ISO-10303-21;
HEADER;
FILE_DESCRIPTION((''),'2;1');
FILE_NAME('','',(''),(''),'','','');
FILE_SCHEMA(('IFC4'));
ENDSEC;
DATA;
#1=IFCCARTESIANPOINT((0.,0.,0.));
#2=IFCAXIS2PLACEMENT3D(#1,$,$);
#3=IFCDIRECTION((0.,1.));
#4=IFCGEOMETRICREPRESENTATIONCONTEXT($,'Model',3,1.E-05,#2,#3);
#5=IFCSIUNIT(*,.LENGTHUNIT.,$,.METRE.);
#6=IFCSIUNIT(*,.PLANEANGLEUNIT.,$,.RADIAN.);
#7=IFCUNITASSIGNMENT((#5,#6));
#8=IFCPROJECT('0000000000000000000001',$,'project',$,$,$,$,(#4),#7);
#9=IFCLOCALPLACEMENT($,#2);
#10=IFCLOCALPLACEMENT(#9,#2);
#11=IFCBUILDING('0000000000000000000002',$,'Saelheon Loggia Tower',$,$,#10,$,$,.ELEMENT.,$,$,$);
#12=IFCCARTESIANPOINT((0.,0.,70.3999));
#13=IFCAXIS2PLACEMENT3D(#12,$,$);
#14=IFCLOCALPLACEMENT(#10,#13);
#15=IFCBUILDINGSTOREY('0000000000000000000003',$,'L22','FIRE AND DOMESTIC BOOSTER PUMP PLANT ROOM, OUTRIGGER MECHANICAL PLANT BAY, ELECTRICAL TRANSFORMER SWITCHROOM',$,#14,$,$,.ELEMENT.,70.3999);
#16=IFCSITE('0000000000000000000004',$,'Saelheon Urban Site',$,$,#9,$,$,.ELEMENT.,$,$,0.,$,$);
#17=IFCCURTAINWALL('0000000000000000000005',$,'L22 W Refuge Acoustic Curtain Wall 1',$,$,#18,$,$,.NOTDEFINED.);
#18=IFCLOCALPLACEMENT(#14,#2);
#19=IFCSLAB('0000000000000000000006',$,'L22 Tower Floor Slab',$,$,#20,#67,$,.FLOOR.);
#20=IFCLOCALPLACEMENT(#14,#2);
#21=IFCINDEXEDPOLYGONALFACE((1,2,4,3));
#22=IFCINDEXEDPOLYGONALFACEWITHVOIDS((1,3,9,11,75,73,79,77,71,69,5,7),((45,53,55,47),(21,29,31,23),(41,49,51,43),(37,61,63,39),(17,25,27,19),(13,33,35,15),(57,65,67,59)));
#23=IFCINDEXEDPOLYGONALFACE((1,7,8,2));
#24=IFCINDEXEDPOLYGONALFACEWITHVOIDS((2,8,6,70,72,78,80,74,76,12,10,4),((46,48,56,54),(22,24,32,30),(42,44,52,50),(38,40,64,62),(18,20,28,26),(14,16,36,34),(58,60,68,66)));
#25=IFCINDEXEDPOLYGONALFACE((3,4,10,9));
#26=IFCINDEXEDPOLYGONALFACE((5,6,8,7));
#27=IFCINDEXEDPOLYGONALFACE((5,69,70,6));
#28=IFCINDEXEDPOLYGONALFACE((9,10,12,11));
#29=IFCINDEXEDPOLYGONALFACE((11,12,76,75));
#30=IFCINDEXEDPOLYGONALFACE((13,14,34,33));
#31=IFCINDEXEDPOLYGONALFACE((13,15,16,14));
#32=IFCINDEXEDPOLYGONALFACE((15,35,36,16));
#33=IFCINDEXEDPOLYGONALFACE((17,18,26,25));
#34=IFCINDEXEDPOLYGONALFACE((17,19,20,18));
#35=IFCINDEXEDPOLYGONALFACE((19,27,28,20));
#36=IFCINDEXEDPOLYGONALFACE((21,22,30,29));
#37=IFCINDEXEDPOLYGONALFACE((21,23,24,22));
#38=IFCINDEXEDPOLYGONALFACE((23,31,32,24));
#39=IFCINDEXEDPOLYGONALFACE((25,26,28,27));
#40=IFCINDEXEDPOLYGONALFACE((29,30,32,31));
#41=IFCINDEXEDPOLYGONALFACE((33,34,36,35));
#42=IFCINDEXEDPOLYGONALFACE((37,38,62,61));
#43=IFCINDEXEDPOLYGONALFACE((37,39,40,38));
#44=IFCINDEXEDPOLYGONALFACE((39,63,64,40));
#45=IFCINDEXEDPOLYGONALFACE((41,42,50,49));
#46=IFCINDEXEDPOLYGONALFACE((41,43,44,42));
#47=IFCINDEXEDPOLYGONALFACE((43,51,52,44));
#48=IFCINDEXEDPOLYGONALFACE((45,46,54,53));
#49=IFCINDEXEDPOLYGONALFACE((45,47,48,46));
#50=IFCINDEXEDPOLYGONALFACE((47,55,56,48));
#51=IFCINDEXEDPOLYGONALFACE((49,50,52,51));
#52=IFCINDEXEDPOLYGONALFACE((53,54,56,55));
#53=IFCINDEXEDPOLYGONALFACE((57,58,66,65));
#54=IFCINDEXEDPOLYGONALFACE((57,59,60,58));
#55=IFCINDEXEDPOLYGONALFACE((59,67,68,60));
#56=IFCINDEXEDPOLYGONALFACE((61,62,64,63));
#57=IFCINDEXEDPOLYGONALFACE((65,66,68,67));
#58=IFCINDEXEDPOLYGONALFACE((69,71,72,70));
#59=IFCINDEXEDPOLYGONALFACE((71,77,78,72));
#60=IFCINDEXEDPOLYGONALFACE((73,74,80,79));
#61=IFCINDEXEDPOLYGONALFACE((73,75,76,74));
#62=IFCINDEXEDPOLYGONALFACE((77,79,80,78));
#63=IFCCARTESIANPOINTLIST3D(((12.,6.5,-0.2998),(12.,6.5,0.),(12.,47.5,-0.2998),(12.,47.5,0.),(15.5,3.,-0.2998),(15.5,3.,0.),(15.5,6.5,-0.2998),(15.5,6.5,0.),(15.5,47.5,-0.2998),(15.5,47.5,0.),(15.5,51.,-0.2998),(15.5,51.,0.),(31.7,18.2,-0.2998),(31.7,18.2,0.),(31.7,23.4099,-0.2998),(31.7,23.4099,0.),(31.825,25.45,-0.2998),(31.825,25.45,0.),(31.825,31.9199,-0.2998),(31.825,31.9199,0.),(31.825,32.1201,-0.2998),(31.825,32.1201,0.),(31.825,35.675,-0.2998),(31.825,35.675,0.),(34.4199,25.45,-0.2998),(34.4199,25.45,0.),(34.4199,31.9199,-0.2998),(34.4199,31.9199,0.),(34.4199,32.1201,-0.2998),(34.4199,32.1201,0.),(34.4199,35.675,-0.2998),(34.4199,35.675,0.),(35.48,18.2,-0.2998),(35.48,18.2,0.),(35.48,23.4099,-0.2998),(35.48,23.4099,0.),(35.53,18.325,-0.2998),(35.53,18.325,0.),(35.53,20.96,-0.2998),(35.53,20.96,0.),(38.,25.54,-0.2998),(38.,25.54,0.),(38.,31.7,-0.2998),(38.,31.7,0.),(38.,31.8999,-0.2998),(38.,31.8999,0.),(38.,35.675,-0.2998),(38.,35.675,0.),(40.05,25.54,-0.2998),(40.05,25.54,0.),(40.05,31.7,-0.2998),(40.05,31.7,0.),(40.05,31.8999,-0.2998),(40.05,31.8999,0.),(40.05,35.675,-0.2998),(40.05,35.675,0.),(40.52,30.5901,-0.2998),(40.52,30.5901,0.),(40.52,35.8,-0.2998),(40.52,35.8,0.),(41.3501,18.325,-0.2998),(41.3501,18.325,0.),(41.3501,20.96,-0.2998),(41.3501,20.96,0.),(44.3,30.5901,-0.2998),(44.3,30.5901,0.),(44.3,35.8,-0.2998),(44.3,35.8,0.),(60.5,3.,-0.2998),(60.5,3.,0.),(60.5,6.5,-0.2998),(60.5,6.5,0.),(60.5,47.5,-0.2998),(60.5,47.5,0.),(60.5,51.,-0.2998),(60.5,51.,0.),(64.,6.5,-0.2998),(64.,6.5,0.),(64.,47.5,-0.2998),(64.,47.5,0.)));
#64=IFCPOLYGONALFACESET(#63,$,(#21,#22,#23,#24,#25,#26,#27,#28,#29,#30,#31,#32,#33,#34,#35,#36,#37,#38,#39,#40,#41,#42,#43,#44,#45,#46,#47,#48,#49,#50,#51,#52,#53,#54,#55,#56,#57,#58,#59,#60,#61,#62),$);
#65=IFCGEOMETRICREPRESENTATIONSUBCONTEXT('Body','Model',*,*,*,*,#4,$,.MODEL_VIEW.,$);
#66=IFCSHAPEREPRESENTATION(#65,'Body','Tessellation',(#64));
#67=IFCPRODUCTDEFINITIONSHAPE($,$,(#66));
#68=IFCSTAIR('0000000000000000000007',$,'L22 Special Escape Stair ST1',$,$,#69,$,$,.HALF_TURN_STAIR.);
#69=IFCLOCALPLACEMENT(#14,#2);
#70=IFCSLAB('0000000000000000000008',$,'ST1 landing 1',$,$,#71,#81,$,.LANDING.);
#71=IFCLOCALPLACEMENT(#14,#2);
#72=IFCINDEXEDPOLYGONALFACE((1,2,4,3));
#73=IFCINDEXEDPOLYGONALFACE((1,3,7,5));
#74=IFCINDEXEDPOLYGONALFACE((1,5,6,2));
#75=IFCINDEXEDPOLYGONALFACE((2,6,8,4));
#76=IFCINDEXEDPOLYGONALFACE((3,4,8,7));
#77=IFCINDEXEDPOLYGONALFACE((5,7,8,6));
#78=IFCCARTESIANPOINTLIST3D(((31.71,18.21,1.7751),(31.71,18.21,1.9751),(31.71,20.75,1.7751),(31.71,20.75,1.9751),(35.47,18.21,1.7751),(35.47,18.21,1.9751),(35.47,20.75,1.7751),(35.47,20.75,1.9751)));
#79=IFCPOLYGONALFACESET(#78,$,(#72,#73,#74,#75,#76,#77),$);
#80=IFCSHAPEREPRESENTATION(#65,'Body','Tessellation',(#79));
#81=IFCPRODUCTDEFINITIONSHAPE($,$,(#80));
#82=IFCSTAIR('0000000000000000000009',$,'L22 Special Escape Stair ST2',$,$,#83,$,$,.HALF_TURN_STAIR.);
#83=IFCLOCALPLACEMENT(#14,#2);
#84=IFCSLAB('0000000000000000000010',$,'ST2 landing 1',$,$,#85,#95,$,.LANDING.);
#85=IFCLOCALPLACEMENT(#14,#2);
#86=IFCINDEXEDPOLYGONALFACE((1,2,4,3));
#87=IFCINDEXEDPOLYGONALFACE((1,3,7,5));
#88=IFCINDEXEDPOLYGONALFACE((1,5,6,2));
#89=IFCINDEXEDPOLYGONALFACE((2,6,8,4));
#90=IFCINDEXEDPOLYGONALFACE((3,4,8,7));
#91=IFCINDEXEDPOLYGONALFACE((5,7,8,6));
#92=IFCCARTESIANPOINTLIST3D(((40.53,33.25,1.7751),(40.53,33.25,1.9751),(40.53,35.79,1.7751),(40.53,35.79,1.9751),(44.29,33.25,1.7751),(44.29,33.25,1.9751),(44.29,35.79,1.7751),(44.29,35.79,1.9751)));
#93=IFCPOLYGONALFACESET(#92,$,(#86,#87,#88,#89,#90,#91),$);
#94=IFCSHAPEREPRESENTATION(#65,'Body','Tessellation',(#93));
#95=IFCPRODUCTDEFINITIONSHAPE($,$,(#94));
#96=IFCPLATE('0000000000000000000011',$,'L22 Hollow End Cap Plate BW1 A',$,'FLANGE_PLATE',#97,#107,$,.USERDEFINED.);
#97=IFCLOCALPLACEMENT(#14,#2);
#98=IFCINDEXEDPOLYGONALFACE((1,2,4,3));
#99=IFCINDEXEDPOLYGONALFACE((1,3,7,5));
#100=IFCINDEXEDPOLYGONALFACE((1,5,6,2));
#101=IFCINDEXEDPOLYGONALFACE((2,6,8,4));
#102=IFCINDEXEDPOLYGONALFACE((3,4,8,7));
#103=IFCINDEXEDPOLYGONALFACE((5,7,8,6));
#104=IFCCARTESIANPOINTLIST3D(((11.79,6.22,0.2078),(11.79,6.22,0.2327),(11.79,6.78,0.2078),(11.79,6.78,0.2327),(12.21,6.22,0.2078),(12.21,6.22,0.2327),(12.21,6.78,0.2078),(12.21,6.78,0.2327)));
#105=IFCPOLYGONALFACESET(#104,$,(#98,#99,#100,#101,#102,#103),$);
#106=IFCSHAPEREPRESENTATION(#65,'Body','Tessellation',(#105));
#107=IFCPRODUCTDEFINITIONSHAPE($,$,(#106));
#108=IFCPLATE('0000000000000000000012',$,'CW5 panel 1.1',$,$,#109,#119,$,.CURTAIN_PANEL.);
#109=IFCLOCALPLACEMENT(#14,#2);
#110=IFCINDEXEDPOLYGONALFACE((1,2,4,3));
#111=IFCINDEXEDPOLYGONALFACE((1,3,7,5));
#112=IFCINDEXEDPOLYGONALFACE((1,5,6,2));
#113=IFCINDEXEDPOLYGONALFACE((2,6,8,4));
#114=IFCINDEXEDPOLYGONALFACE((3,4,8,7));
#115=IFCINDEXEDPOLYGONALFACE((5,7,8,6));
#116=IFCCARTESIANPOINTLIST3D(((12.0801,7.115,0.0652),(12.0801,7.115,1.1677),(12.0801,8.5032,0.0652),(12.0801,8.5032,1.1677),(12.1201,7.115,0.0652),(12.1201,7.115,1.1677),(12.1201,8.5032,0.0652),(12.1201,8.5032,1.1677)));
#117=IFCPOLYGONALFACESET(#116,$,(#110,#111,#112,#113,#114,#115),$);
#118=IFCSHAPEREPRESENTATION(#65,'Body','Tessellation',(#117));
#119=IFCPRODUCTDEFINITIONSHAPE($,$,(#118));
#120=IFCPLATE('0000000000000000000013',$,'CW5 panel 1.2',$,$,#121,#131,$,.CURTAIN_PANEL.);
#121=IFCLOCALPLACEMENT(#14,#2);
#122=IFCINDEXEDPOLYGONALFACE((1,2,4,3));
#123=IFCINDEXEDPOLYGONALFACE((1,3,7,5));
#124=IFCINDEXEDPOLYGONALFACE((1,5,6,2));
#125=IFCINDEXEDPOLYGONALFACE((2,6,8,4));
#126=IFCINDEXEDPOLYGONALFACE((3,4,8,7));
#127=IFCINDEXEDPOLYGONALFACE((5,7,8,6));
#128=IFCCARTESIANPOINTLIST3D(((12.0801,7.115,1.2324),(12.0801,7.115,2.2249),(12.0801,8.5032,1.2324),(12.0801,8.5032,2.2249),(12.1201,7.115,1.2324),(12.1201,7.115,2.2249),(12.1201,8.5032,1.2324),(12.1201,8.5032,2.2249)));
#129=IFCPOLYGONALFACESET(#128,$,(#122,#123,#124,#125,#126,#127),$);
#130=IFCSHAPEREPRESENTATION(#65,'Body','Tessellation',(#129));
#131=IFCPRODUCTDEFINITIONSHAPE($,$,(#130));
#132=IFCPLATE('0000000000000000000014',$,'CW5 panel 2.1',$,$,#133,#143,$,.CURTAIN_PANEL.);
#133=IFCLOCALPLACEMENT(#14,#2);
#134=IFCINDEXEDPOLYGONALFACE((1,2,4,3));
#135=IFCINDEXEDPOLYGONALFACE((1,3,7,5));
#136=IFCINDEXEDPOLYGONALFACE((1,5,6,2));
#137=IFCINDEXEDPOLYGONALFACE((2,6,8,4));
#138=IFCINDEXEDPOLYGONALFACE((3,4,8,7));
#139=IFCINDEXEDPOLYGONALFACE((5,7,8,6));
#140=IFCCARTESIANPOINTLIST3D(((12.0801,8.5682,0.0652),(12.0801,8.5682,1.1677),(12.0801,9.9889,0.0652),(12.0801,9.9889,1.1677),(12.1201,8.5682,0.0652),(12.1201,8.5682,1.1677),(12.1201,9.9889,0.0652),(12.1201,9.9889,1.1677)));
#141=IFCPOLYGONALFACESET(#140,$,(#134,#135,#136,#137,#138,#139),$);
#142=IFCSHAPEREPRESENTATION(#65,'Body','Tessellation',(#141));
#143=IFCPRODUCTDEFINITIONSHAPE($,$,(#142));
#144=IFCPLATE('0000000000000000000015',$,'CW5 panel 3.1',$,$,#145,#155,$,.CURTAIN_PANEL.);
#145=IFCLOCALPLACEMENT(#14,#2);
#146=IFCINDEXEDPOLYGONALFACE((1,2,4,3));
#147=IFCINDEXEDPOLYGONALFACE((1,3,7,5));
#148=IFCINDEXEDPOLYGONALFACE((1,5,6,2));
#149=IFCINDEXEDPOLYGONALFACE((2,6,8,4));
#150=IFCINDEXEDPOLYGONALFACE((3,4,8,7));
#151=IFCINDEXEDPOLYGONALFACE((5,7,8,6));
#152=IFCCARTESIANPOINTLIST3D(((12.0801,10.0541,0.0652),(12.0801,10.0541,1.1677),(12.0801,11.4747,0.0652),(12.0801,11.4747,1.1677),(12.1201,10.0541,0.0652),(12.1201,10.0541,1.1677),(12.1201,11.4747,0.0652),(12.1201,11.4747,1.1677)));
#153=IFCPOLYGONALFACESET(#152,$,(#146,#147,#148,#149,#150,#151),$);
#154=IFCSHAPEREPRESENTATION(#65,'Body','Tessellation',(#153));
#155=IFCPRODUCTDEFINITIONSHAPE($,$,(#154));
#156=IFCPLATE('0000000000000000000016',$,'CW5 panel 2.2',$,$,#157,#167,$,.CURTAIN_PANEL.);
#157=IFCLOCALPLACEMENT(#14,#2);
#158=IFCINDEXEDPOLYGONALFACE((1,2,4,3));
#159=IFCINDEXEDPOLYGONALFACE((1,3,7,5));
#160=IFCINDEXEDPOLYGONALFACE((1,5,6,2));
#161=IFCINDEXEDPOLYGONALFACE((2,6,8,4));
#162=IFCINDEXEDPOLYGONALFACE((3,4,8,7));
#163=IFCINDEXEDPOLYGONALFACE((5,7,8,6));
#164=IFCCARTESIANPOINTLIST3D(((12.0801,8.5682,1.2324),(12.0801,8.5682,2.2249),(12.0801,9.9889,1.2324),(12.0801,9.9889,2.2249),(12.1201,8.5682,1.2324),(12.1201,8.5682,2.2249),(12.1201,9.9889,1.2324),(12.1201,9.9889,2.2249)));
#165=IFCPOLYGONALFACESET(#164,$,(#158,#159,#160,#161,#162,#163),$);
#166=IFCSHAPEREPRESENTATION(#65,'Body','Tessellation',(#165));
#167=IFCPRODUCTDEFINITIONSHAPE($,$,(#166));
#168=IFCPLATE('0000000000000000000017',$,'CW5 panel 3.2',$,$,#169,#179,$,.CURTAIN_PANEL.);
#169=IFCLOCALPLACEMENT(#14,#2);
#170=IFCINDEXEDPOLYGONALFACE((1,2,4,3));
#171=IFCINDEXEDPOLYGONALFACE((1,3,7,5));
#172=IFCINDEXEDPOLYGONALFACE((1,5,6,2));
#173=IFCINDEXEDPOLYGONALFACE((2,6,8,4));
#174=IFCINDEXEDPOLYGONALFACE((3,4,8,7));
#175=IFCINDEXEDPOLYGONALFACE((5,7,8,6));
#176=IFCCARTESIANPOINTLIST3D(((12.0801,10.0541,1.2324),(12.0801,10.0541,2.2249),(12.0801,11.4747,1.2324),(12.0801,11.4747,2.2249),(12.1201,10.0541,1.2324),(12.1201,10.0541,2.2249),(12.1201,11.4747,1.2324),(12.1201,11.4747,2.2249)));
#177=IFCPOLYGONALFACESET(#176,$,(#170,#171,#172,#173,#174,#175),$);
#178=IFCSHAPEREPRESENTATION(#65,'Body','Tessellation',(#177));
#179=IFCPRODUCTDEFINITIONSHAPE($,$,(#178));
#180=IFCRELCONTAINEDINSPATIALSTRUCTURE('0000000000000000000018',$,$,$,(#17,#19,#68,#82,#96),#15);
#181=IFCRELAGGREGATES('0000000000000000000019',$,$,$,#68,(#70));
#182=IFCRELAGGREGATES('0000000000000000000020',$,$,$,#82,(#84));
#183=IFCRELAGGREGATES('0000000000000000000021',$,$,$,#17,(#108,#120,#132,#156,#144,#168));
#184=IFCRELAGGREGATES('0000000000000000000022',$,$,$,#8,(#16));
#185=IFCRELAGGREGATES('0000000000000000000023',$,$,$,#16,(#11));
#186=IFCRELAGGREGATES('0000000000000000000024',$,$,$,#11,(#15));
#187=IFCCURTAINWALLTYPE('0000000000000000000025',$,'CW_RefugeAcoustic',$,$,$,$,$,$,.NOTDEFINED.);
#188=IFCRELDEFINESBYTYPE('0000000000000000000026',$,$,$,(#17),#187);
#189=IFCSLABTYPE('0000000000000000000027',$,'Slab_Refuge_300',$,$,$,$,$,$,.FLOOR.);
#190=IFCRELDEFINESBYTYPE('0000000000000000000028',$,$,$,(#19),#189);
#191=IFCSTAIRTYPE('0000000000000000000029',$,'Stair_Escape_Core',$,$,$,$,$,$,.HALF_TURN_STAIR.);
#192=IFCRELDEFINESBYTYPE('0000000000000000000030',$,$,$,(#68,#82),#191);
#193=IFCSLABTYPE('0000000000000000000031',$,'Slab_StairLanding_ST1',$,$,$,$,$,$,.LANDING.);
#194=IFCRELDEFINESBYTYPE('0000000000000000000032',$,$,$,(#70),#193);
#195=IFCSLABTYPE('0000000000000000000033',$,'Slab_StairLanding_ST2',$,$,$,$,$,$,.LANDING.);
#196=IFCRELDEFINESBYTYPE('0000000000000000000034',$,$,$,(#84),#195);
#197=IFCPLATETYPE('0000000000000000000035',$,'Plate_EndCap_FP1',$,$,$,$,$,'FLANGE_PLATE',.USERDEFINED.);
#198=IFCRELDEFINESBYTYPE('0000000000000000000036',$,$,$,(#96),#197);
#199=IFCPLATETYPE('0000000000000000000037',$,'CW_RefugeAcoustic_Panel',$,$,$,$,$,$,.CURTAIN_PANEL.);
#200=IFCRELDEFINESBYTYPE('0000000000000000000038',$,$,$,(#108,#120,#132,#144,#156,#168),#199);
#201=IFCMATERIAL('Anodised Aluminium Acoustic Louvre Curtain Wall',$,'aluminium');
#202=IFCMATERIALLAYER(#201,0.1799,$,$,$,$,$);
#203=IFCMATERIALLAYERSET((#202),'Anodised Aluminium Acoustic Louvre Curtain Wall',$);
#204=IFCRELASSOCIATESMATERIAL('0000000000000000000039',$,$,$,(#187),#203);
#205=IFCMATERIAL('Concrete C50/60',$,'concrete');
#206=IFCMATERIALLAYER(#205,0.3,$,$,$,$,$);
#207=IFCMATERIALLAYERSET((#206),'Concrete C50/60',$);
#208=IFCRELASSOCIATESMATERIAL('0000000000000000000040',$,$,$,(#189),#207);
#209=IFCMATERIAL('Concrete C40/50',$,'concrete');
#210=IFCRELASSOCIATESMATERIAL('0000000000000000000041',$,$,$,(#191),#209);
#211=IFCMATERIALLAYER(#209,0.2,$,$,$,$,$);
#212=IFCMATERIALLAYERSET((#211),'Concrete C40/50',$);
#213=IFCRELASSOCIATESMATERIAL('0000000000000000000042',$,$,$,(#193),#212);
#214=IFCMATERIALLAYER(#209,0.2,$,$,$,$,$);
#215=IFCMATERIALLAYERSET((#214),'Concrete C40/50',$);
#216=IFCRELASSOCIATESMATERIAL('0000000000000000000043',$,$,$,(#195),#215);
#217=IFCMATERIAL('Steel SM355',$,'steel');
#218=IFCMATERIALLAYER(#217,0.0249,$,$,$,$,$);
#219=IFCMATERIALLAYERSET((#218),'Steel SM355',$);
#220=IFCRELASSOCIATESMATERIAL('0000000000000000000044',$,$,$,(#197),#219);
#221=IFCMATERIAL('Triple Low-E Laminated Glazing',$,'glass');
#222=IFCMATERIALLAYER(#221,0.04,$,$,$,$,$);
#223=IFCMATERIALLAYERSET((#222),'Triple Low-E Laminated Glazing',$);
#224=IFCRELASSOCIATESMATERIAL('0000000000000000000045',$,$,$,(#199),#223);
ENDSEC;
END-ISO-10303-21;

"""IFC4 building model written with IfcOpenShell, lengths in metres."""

from ifc_helpers import new_model, si_unit, direction, frame, origin, origin_2d, place, context, subcontext, project, spatial, polyline, rectangle, outline, extrude, source, transform, mapped, material, layer, layer_set, type_object, element, aggregate, save


model = new_model("IFC4")

# Units and contexts
model_context = context("Model", 3, precision=1e-05, world=origin(), true_north=direction((0.0, 1.0)))
body_context = subcontext(model_context, "Body", "Model", "MODEL_VIEW")
ifc_project = project(units=[si_unit("LENGTHUNIT", "METRE"), si_unit("PLANEANGLEUNIT", "RADIAN")], contexts=[model_context])

# Site, building, storey
site_placement = place(None, origin())
site = spatial("IfcSite", under=ifc_project, at=site_placement, Name="Saelheon Urban Site", CompositionType="ELEMENT", RefElevation=0.0)
building_placement = place(site_placement, origin())
building = spatial("IfcBuilding", under=site, at=building_placement, Name="Saelheon Loggia Tower", CompositionType="ELEMENT")
storey_placement = place(building_placement, frame((0.0, 0.0, 70.3999)))
storey = spatial("IfcBuildingStorey", under=building, at=storey_placement, Name="L22", Description="FIRE AND DOMESTIC BOOSTER PUMP PLANT ROOM, OUTRIGGER MECHANICAL PLANT BAY, ELECTRICAL TRANSFORMER SWITCHROOM", CompositionType="ELEMENT", Elevation=70.3999)

# Shared definitions
ifc_material_1 = material(Name="Concrete C50/60", Category="concrete")

# Shared definitions
ifc_material_2 = material(Name="Steel SM355", Category="steel")

# Curtain wall
ifc_material_3 = material(Name="Anodised Aluminium Acoustic Louvre Curtain Wall", Category="aluminium")
ifc_layer_1 = layer(ifc_material_3, 0.1799)
ifc_layer_set_1 = layer_set([ifc_layer_1], Name="Anodised Aluminium Acoustic Louvre Curtain Wall")
curtain_wall_type = type_object("IfcCurtainWallType", Name="CW_RefugeAcoustic", PredefinedType="NOTDEFINED", material=ifc_layer_set_1)
curtain_wall_placement = place(storey_placement, origin())
curtain_wall = element("IfcCurtainWall", 1, at=curtain_wall_placement, inside=storey, type_object=curtain_wall_type, Name="L22 W Refuge Acoustic Curtain Wall 1", PredefinedType="NOTDEFINED")

# Slab
ifc_layer_2 = layer(ifc_material_1, 0.3)
ifc_layer_set_2 = layer_set([ifc_layer_2], Name="Concrete C50/60")
slab_type_1 = type_object("IfcSlabType", Name="Slab_Refuge_300", PredefinedType="FLOOR", material=ifc_layer_set_2)
slab_1_placement = place(storey_placement, frame((0.0, 0.0, -0.2998)))
element("IfcSlab", 2, at=slab_1_placement, inside=storey, type_object=slab_type_1, Name="L22 Tower Floor Slab", PredefinedType="FLOOR", context=body_context, shape_type="SweptSolid", body=[
    extrude(outline(polyline([(15.5, 3.0), (60.5, 3.0), (60.5, 6.5), (64.0, 6.5), (64.0, 47.5), (60.5, 47.5), (60.5, 51.0), (15.5, 51.0), (15.5, 47.5), (12.0, 47.5), (12.0, 6.5), (15.5, 6.5), (15.5, 3.0)]), holes=[polyline([(31.7, 23.4099), (31.7, 18.2), (35.48, 18.2), (35.48, 23.4099), (31.7, 23.4099)]), polyline([(44.3, 30.5901), (44.3, 35.8), (40.52, 35.8), (40.52, 30.5901), (44.3, 30.5901)]), polyline([(35.53, 18.325), (41.3501, 18.325), (41.3501, 20.96), (35.53, 20.96), (35.53, 18.325)]), polyline([(31.825, 32.1201), (34.4199, 32.1201), (34.4199, 35.675), (31.825, 35.675), (31.825, 32.1201)]), polyline([(38.0, 31.8999), (40.05, 31.8999), (40.05, 35.675), (38.0, 35.675), (38.0, 31.8999)]), polyline([(31.825, 25.45), (34.4199, 25.45), (34.4199, 31.9199), (31.825, 31.9199), (31.825, 25.45)]), polyline([(38.0, 25.54), (40.05, 25.54), (40.05, 31.7), (38.0, 31.7), (38.0, 25.54)])]), origin(), (0.0, 0.0, 1.0), 0.2998),
])

# Stairs, slabs
ifc_material_4 = material(Name="Concrete C40/50", Category="concrete")
stair_type = type_object("IfcStairType", Name="Stair_Escape_Core", PredefinedType="HALF_TURN_STAIR", material=ifc_material_4)
stair_1_placement = place(storey_placement, origin())
stair_1 = element("IfcStair", 3, at=stair_1_placement, inside=storey, type_object=stair_type, Name="L22 Special Escape Stair ST1", PredefinedType="HALF_TURN_STAIR")
ifc_layer_3 = layer(ifc_material_4, 0.2)
ifc_layer_set_3 = layer_set([ifc_layer_3], Name="Concrete C40/50")
slab_type_2 = type_object("IfcSlabType", Name="Slab_StairLanding_ST1", PredefinedType="LANDING", material=ifc_layer_set_3)
slab_2_placement = place(storey_placement, frame((0.0, 0.0, 1.7751)))
slab_2 = element("IfcSlab", 4, at=slab_2_placement, type_object=slab_type_2, Name="ST1 landing 1", PredefinedType="LANDING", context=body_context, shape_type="SweptSolid", body=[
    extrude(outline(polyline([(31.71, 20.75), (31.71, 18.21), (35.47, 18.21), (35.47, 20.75), (31.71, 20.75)])), origin(), (0.0, 0.0, 1.0), 0.2),
])
aggregate(stair_1, [slab_2])
stair_2_placement = place(storey_placement, origin())
stair_2 = element("IfcStair", 5, at=stair_2_placement, inside=storey, type_object=stair_type, Name="L22 Special Escape Stair ST2", PredefinedType="HALF_TURN_STAIR")
ifc_layer_4 = layer(ifc_material_4, 0.2)
ifc_layer_set_4 = layer_set([ifc_layer_4], Name="Concrete C40/50")
slab_type_3 = type_object("IfcSlabType", Name="Slab_StairLanding_ST2", PredefinedType="LANDING", material=ifc_layer_set_4)
slab_3_placement = place(storey_placement, frame((0.0, 0.0, 1.7751)))
slab_3 = element("IfcSlab", 6, at=slab_3_placement, type_object=slab_type_3, Name="ST2 landing 1", PredefinedType="LANDING", context=body_context, shape_type="SweptSolid", body=[
    extrude(outline(polyline([(44.29, 33.25), (44.29, 35.79), (40.53, 35.79), (40.53, 33.25), (44.29, 33.25)])), origin(), (0.0, 0.0, 1.0), 0.2),
])
aggregate(stair_2, [slab_3])

# Plates
ifc_layer_5 = layer(ifc_material_2, 0.0249)
ifc_layer_set_5 = layer_set([ifc_layer_5], Name="Steel SM355")
plate_type_1 = type_object("IfcPlateType", Name="Plate_EndCap_FP1", ElementType="FLANGE_PLATE", PredefinedType="USERDEFINED", material=ifc_layer_set_5)
shared_shape_1 = source(origin(), body_context, "Body", "SweptSolid", [
    extrude(rectangle(XDim=0.5601, YDim=0.4199, at=origin_2d()), origin(), (0.0, 0.0, 1.0), 0.0249),
])
plate_1_placement = place(storey_placement, frame((12.0, 6.5, 0.2078), z_axis=(0.0, 0.0, 1.0), x_axis=(0.0, 1.0, 0.0)))
element("IfcPlate", 7, at=plate_1_placement, inside=storey, type_object=plate_type_1, Name="L22 Hollow End Cap Plate BW1 A", ObjectType="FLANGE_PLATE", PredefinedType="USERDEFINED", context=body_context, shape_type="MappedRepresentation", body=[
    mapped(shared_shape_1, transform((0.0, 0.0, 0.0), scale=1.0)),
])
ifc_material_5 = material(Name="Triple Low-E Laminated Glazing", Category="glass")
ifc_layer_6 = layer(ifc_material_5, 0.04)
ifc_layer_set_6 = layer_set([ifc_layer_6], Name="Triple Low-E Laminated Glazing")
plate_type_2 = type_object("IfcPlateType", Name="CW_RefugeAcoustic_Panel", PredefinedType="CURTAIN_PANEL", material=ifc_layer_set_6)
shared_shape_2 = source(origin(), body_context, "Body", "SweptSolid", [
    extrude(rectangle(XDim=1.3882, YDim=0.04, at=origin_2d()), origin(), (0.0, 0.0, 1.0), 1.1025),
])
plate_2_placement = place(storey_placement, frame((12.1001, 7.8091, 0.0652), z_axis=(0.0, 0.0, 1.0), x_axis=(0.0, 1.0, 0.0)))
plate_2 = element("IfcPlate", 8, at=plate_2_placement, type_object=plate_type_2, Name="CW5 panel 1.1", PredefinedType="CURTAIN_PANEL", context=body_context, shape_type="MappedRepresentation", body=[
    mapped(shared_shape_2, transform((0.0, 0.0, 0.0), scale=1.0)),
])
shared_shape_3 = source(origin(), body_context, "Body", "SweptSolid", [
    extrude(rectangle(XDim=1.3882, YDim=0.04, at=origin_2d()), origin(), (0.0, 0.0, 1.0), 0.9924),
])
plate_3_placement = place(storey_placement, frame((12.1001, 7.8091, 1.2324), z_axis=(0.0, 0.0, 1.0), x_axis=(0.0, 1.0, 0.0)))
plate_3 = element("IfcPlate", 9, at=plate_3_placement, type_object=plate_type_2, Name="CW5 panel 1.2", PredefinedType="CURTAIN_PANEL", context=body_context, shape_type="MappedRepresentation", body=[
    mapped(shared_shape_3, transform((0.0, 0.0, 0.0), scale=1.0)),
])
shared_shape_4 = source(origin(), body_context, "Body", "SweptSolid", [
    extrude(rectangle(XDim=1.4207, YDim=0.04, at=origin_2d()), origin(), (0.0, 0.0, 1.0), 1.1025),
])
plate_4_placement = place(storey_placement, frame((12.1001, 9.2786, 0.0652), z_axis=(0.0, 0.0, 1.0), x_axis=(0.0, 1.0, 0.0)))
plate_4 = element("IfcPlate", 10, at=plate_4_placement, type_object=plate_type_2, Name="CW5 panel 2.1", PredefinedType="CURTAIN_PANEL", context=body_context, shape_type="MappedRepresentation", body=[
    mapped(shared_shape_4, transform((0.0, 0.0, 0.0), scale=1.0)),
])
plate_5_placement = place(storey_placement, frame((12.1001, 10.7644, 0.0652), z_axis=(0.0, 0.0, 1.0), x_axis=(0.0, 1.0, 0.0)))
plate_5 = element("IfcPlate", 11, at=plate_5_placement, type_object=plate_type_2, Name="CW5 panel 3.1", PredefinedType="CURTAIN_PANEL", context=body_context, shape_type="MappedRepresentation", body=[
    mapped(shared_shape_4, transform((0.0, 0.0, 0.0), scale=1.0)),
])
shared_shape_5 = source(origin(), body_context, "Body", "SweptSolid", [
    extrude(rectangle(XDim=1.4207, YDim=0.04, at=origin_2d()), origin(), (0.0, 0.0, 1.0), 0.9924),
])
plate_6_placement = place(storey_placement, frame((12.1001, 9.2786, 1.2324), z_axis=(0.0, 0.0, 1.0), x_axis=(0.0, 1.0, 0.0)))
plate_6 = element("IfcPlate", 12, at=plate_6_placement, type_object=plate_type_2, Name="CW5 panel 2.2", PredefinedType="CURTAIN_PANEL", context=body_context, shape_type="MappedRepresentation", body=[
    mapped(shared_shape_5, transform((0.0, 0.0, 0.0), scale=1.0)),
])
plate_7_placement = place(storey_placement, frame((12.1001, 10.7644, 1.2324), z_axis=(0.0, 0.0, 1.0), x_axis=(0.0, 1.0, 0.0)))
plate_7 = element("IfcPlate", 13, at=plate_7_placement, type_object=plate_type_2, Name="CW5 panel 3.2", PredefinedType="CURTAIN_PANEL", context=body_context, shape_type="MappedRepresentation", body=[
    mapped(shared_shape_5, transform((0.0, 0.0, 0.0), scale=1.0)),
])
aggregate(curtain_wall, [plate_2, plate_3, plate_4, plate_6, plate_5, plate_7])

save(model, "model.ifc")
